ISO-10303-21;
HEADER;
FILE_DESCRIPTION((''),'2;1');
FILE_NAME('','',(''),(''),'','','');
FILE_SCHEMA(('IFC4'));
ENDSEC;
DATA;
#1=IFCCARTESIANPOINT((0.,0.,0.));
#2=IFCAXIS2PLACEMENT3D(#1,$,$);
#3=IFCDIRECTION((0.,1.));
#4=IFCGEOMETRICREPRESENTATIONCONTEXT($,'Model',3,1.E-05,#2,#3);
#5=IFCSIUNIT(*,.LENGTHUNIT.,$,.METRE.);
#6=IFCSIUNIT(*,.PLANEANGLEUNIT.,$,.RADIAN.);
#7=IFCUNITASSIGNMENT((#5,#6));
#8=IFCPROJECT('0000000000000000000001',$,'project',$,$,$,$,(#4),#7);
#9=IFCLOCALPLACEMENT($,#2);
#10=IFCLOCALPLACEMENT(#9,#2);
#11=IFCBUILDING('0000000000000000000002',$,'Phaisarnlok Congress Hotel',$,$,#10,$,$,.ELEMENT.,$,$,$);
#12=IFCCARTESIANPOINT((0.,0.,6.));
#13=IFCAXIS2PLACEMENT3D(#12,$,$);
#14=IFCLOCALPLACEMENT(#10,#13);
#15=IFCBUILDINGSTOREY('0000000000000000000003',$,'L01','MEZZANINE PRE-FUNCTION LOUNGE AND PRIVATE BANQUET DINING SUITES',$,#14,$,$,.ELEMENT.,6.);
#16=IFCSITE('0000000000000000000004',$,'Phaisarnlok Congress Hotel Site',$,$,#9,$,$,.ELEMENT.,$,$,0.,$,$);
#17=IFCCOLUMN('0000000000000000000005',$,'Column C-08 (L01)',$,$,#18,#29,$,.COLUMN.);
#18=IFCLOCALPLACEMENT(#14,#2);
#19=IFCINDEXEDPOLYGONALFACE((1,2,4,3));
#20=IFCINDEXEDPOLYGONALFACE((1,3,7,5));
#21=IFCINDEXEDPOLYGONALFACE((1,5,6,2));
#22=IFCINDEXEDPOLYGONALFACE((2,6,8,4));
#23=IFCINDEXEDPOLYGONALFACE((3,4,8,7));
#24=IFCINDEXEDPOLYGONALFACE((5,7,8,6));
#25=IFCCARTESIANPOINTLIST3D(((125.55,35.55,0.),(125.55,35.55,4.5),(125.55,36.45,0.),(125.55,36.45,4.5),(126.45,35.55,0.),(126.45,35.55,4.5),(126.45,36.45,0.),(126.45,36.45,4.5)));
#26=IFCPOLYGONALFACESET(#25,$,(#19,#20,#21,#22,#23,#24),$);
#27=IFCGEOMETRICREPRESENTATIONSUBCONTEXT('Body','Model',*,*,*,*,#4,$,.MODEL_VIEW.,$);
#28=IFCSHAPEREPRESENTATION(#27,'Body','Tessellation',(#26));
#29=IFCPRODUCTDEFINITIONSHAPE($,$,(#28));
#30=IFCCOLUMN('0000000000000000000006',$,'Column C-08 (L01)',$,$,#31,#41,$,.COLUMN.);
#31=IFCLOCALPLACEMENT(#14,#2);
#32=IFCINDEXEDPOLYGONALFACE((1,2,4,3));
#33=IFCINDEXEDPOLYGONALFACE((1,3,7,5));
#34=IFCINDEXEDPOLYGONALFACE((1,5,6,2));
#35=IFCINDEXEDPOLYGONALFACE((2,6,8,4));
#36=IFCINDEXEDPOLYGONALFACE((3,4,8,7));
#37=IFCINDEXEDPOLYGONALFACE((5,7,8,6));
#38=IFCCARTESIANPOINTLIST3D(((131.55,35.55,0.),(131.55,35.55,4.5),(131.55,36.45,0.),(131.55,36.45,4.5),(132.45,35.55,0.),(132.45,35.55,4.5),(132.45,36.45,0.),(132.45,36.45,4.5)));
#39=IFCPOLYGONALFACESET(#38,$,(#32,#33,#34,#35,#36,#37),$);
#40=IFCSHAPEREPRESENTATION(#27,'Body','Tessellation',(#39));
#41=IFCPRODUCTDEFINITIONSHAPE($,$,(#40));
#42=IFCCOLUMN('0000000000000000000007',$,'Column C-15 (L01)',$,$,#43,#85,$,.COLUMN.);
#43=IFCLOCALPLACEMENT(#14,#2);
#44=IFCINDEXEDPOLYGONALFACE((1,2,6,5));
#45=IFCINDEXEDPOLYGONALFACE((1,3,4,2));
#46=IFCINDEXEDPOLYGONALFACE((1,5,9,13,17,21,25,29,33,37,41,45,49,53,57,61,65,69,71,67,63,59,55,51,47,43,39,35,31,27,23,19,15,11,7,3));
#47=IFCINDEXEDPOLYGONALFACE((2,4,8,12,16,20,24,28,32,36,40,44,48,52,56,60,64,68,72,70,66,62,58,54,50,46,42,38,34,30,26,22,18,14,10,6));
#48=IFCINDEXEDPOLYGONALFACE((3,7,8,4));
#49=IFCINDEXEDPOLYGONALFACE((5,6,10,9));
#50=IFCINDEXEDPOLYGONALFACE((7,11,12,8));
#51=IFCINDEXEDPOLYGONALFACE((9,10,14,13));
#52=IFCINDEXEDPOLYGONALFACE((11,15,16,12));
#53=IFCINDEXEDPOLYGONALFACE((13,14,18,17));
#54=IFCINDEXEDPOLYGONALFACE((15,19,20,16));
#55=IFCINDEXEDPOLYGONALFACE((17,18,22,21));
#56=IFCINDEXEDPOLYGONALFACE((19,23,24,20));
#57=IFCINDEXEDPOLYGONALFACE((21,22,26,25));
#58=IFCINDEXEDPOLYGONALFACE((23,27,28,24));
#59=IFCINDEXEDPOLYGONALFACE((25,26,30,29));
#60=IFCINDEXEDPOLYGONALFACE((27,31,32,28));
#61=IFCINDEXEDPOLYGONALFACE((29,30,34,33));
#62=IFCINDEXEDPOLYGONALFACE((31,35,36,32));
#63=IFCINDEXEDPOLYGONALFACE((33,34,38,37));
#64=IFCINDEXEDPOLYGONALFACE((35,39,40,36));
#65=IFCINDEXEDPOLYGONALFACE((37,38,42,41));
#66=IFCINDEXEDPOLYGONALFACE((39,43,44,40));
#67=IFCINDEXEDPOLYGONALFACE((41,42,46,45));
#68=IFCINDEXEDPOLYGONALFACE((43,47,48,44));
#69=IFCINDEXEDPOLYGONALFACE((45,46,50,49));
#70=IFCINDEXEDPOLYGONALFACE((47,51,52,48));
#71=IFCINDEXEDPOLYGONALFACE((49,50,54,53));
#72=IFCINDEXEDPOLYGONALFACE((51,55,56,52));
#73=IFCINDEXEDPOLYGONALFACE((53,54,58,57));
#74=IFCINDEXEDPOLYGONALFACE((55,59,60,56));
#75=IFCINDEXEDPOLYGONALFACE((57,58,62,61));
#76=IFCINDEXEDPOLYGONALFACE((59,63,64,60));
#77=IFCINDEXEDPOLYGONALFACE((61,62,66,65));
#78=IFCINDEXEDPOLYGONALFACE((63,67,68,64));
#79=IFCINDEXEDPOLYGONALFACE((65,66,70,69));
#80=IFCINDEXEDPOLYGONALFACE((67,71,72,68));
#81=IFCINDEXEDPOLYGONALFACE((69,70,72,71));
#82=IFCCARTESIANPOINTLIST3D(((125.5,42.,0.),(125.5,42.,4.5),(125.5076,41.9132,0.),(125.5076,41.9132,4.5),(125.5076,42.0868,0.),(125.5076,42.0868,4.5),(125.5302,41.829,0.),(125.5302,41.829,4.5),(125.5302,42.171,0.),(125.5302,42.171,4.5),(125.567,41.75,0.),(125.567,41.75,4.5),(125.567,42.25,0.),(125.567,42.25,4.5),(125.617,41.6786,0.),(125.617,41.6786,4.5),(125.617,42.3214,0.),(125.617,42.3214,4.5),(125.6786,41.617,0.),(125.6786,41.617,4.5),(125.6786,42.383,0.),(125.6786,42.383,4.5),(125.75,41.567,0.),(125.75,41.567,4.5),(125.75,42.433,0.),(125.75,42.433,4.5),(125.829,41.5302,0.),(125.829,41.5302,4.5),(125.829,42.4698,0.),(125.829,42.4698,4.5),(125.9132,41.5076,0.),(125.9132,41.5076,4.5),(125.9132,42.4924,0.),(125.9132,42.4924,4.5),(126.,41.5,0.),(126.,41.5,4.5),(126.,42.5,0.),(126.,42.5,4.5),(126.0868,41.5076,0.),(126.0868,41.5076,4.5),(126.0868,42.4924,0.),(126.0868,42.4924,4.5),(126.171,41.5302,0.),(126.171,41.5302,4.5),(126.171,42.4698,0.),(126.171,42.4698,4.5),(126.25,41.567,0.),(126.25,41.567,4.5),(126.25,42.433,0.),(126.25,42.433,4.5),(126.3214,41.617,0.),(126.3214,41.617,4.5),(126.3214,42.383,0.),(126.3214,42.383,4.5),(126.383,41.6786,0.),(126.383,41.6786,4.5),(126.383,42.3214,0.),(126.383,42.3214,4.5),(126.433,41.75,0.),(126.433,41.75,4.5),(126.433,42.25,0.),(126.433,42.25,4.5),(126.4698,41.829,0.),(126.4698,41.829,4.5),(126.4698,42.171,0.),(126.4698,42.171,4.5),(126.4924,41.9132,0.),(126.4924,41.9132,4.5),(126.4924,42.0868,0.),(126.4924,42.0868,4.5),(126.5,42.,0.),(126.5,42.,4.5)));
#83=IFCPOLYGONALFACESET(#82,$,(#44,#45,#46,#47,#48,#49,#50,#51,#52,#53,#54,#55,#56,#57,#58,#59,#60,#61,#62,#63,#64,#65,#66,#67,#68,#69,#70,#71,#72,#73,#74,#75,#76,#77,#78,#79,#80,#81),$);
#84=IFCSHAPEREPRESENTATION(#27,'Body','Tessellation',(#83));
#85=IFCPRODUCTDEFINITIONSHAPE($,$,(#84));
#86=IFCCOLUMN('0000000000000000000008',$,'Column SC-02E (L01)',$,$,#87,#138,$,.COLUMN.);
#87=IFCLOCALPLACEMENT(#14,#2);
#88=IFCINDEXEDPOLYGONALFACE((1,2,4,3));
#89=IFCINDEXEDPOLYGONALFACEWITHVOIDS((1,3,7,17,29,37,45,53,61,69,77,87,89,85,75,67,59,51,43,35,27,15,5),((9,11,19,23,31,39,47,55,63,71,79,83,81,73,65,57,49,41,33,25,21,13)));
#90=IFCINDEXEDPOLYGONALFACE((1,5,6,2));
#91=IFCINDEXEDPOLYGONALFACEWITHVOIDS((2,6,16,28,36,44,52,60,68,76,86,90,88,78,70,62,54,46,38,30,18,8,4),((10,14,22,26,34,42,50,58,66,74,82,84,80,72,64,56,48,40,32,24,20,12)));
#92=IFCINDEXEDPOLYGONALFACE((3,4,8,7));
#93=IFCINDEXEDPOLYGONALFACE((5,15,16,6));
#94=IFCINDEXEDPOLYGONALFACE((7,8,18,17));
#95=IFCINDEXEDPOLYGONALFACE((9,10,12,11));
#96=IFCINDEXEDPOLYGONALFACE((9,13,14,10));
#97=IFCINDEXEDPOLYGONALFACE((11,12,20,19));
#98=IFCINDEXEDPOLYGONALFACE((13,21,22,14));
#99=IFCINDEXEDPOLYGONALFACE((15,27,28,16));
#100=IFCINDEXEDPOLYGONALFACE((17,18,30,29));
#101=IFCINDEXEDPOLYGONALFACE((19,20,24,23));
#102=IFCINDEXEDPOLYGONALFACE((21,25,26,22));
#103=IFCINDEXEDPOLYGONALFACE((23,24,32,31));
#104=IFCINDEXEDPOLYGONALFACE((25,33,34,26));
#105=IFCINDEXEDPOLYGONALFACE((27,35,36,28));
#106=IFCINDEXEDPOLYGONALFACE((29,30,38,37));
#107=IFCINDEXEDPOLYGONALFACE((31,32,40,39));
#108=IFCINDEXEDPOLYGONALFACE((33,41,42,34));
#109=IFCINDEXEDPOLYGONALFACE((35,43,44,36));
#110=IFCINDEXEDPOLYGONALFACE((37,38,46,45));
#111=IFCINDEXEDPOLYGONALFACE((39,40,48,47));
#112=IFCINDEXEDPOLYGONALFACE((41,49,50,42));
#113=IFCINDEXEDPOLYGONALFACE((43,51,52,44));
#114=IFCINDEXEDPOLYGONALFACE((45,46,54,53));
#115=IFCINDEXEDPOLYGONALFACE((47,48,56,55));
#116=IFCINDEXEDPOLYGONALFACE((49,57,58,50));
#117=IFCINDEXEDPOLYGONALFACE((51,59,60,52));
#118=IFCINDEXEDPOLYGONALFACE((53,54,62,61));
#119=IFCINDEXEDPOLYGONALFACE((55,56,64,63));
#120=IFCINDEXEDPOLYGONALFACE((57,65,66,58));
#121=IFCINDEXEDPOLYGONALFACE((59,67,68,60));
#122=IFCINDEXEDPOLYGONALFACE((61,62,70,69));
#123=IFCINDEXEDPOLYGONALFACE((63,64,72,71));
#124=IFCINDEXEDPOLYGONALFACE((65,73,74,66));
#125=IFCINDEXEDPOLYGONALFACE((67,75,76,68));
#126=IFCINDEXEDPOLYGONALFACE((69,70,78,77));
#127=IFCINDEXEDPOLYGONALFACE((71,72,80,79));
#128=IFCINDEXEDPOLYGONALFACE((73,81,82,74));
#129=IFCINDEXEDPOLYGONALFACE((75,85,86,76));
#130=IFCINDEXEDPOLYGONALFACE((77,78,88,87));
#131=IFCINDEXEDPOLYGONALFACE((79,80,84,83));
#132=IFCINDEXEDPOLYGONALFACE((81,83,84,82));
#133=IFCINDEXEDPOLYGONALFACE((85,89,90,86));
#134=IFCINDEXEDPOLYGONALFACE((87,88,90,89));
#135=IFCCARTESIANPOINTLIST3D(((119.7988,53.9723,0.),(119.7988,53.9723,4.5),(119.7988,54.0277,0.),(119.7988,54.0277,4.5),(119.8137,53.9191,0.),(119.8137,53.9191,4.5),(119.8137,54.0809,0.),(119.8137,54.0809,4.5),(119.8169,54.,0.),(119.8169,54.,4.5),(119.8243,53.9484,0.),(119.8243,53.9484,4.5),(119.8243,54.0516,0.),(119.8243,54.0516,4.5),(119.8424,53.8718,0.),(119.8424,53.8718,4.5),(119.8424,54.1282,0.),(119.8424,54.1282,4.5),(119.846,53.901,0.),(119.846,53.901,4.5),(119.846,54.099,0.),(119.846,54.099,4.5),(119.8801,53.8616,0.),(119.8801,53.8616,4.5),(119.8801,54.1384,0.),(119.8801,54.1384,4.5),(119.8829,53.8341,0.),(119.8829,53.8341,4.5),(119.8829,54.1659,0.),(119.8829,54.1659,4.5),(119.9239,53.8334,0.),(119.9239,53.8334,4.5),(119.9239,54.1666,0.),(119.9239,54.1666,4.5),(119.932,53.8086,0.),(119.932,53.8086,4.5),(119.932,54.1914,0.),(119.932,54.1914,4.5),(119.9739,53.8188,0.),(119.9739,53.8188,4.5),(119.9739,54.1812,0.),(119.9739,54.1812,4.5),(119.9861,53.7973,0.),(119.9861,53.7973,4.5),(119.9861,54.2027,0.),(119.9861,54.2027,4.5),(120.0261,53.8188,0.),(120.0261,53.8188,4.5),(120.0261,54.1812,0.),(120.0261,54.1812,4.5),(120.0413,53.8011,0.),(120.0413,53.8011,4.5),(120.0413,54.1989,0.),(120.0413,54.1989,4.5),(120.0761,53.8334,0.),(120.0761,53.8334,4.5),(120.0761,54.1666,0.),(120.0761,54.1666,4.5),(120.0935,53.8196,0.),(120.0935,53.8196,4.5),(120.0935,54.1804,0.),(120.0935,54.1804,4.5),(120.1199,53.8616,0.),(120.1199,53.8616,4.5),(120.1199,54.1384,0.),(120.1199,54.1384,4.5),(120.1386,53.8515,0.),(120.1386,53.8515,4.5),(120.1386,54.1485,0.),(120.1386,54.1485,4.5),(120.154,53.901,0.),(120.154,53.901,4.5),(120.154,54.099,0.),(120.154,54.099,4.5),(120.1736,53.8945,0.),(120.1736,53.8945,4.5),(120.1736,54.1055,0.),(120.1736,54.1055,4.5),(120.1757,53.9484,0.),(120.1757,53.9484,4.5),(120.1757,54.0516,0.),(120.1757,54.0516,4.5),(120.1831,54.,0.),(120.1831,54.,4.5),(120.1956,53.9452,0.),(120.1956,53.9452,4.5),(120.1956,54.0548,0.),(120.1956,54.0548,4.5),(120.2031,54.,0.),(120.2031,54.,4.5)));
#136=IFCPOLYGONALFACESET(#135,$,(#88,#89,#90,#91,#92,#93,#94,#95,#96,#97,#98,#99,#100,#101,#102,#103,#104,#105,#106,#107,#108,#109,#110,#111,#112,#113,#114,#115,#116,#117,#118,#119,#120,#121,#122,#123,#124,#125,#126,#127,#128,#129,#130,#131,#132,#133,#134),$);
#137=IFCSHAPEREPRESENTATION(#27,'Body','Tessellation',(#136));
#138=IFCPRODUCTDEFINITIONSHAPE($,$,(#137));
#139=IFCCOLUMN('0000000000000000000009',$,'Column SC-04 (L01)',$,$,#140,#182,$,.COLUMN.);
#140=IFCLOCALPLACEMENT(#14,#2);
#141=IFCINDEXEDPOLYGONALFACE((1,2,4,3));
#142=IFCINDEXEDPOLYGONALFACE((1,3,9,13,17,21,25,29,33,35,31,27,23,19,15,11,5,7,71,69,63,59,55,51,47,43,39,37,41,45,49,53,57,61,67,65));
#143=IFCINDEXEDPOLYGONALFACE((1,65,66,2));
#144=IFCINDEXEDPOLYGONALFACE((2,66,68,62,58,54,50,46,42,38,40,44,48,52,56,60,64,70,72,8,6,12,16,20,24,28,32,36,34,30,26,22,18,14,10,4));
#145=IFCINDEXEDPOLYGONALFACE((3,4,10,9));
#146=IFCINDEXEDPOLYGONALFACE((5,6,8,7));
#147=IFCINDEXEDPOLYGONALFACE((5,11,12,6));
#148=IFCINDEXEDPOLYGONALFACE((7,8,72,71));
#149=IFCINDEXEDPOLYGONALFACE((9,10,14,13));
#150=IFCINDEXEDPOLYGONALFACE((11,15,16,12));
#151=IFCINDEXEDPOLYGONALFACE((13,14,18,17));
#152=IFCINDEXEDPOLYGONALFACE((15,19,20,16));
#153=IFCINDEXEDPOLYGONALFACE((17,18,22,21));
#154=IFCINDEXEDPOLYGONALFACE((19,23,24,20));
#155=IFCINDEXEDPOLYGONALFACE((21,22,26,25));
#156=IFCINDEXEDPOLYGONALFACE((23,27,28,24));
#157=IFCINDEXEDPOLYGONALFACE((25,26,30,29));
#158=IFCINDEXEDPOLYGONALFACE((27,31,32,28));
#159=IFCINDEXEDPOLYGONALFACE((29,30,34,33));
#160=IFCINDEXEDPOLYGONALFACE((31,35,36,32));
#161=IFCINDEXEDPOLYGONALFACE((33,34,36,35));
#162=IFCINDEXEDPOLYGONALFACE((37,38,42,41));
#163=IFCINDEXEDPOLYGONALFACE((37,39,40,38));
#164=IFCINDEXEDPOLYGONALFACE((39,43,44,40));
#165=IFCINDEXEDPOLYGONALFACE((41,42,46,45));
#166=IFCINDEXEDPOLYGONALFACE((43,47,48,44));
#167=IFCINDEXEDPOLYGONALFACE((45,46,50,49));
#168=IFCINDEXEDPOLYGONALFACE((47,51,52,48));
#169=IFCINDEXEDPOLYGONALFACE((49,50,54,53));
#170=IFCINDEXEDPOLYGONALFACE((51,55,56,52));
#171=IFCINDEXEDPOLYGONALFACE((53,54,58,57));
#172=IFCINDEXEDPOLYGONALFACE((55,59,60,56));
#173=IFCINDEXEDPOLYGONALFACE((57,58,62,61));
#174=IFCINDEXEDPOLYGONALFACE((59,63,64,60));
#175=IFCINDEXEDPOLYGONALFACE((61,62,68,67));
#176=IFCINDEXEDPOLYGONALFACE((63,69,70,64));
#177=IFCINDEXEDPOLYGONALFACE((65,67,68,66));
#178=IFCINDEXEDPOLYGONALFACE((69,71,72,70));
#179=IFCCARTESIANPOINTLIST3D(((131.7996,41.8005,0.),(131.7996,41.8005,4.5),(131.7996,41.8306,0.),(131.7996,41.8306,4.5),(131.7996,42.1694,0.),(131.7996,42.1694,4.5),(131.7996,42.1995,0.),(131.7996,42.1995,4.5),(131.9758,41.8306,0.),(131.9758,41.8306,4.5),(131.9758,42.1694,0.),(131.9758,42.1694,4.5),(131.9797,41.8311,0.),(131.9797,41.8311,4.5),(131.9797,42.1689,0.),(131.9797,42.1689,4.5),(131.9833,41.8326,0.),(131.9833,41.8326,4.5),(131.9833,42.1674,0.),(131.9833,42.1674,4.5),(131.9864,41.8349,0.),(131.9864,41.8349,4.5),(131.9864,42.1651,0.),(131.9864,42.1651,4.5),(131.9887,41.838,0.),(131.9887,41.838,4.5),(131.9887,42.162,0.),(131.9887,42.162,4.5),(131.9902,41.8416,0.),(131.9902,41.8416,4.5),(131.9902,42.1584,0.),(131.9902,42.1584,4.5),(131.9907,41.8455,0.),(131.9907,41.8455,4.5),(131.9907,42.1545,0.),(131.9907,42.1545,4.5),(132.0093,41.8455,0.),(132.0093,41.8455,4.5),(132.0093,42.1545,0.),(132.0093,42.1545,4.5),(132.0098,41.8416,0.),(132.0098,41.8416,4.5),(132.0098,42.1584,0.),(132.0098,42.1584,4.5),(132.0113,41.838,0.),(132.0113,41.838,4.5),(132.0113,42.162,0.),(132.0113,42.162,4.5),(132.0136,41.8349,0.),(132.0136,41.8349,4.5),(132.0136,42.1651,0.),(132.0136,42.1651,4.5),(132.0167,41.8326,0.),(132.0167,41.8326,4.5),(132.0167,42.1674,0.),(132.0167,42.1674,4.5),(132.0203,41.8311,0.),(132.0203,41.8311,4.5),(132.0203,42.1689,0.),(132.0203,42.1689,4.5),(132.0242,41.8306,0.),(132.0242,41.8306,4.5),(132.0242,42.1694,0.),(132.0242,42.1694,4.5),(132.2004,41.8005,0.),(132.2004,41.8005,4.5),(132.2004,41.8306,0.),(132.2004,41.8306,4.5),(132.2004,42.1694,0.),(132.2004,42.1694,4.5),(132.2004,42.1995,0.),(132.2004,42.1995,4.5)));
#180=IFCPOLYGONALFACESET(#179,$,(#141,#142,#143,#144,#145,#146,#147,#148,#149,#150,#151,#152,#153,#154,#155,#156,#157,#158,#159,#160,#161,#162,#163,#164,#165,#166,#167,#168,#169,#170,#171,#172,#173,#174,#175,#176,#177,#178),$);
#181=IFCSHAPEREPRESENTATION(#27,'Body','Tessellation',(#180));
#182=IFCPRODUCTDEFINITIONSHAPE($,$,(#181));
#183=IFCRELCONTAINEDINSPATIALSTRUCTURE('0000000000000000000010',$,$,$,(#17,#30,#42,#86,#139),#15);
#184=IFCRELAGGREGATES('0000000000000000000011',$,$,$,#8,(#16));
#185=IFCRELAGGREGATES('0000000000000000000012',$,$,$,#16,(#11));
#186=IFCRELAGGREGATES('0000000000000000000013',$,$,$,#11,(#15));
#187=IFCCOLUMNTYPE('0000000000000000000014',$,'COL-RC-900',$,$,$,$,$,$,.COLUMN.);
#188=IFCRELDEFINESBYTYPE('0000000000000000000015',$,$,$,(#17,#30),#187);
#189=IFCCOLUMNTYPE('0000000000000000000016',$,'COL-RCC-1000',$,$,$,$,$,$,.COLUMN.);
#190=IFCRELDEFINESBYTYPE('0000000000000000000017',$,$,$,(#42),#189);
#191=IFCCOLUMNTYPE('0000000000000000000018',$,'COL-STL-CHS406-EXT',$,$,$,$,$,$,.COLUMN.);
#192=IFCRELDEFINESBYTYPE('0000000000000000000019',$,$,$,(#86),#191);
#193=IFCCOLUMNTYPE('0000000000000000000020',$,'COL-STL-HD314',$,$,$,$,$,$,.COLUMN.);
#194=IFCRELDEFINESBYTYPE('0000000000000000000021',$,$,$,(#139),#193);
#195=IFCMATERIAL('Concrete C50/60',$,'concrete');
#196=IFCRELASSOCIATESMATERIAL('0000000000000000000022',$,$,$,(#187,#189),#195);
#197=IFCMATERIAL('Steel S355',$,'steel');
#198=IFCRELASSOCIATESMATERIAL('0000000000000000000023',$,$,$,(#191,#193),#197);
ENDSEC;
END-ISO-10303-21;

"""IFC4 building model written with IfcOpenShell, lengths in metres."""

from ifc_helpers import new_model, si_unit, direction, frame, origin, origin_2d, place, context, subcontext, project, spatial, rectangle, circle, hollow_circle, i_section, extrude, material, material_profile, profile_set, type_object, element, save


model = new_model("IFC4")

# Units and contexts
model_context = context("Model", 3, precision=1e-05, world=origin(), true_north=direction((0.0, 1.0)))
body_context = subcontext(model_context, "Body", "Model", "MODEL_VIEW")
ifc_project = project(units=[si_unit("LENGTHUNIT", "METRE"), si_unit("PLANEANGLEUNIT", "RADIAN")], contexts=[model_context])

# Site, building, storey
site_placement = place(None, origin())
site = spatial("IfcSite", under=ifc_project, at=site_placement, Name="Phaisarnlok Congress Hotel Site", CompositionType="ELEMENT", RefElevation=0.0)
building_placement = place(site_placement, origin())
building = spatial("IfcBuilding", under=site, at=building_placement, Name="Phaisarnlok Congress Hotel", CompositionType="ELEMENT")
storey_placement = place(building_placement, frame((0.0, 0.0, 6.0)))
storey = spatial("IfcBuildingStorey", under=building, at=storey_placement, Name="L01", Description="MEZZANINE PRE-FUNCTION LOUNGE AND PRIVATE BANQUET DINING SUITES", CompositionType="ELEMENT", Elevation=6.0)

# Columns
ifc_material_1 = material(Name="Concrete C50/60", Category="concrete")
ifc_material_profile_1 = material_profile(ifc_material_1, rectangle(XDim=0.8999, YDim=0.8999, at=origin_2d()), Name="RC 900x900")
ifc_profile_set_1 = profile_set([ifc_material_profile_1], Name="Concrete C50/60")
column_type_1 = type_object("IfcColumnType", Name="COL-RC-900", PredefinedType="COLUMN", material=ifc_profile_set_1)
for number, where, z_axis, x_axis, name in (
    (1, (126.0, 36.0, 0.0), (0.0, 0.0, 1.0), (1.0, 0.0, 0.0), "Column C-08 (L01)"),
    (2, (132.0, 36.0, 0.0), (0.0, 0.0, 1.0), (1.0, 0.0, 0.0), "Column C-08 (L01)"),
):
    element("IfcColumn", number, at=place(storey_placement, frame(where, z_axis=z_axis, x_axis=x_axis)), inside=storey, type_object=column_type_1, Name=name, PredefinedType="COLUMN", context=body_context, shape_type="SweptSolid", body=[
        extrude(rectangle(XDim=0.8999, YDim=0.8999, at=origin_2d()), origin(), (0.0, 0.0, 1.0), 4.5),
    ])
ifc_material_profile_2 = material_profile(ifc_material_1, circle(Radius=0.5, at=origin_2d()), Name="RCC D1000")
ifc_profile_set_2 = profile_set([ifc_material_profile_2], Name="Concrete C50/60")
column_type_2 = type_object("IfcColumnType", Name="COL-RCC-1000", PredefinedType="COLUMN", material=ifc_profile_set_2)
column_1_placement = place(storey_placement, frame((126.0, 42.0, 0.0), z_axis=(0.0, 0.0, 1.0), x_axis=(1.0, 0.0, 0.0)))
element("IfcColumn", 3, at=column_1_placement, inside=storey, type_object=column_type_2, Name="Column C-15 (L01)", PredefinedType="COLUMN", context=body_context, shape_type="SweptSolid", body=[
    extrude(circle(Radius=0.5, at=origin_2d()), origin(), (0.0, 0.0, 1.0), 4.5),
])
ifc_material_2 = material(Name="Steel S355", Category="steel")
ifc_material_profile_3 = material_profile(ifc_material_2, hollow_circle(Radius=0.2031, WallThickness=0.02, at=origin_2d()), Name="CHS 406.4x20")
ifc_profile_set_3 = profile_set([ifc_material_profile_3], Name="Steel S355")
column_type_3 = type_object("IfcColumnType", Name="COL-STL-CHS406-EXT", PredefinedType="COLUMN", material=ifc_profile_set_3)
column_2_placement = place(storey_placement, frame((120.0, 54.0, 0.0), z_axis=(0.0, 0.0, 1.0), x_axis=(1.0, 0.0, 0.0)))
element("IfcColumn", 4, at=column_2_placement, inside=storey, type_object=column_type_3, Name="Column SC-02E (L01)", PredefinedType="COLUMN", context=body_context, shape_type="SweptSolid", body=[
    extrude(hollow_circle(Radius=0.2031, WallThickness=0.02, at=origin_2d()), origin(), (0.0, 0.0, 1.0), 4.5),
])
ifc_material_profile_4 = material_profile(ifc_material_2, i_section(OverallWidth=0.4009, OverallDepth=0.3989, WebThickness=0.0186, FlangeThickness=0.03, FilletRadius=0.0149, at=origin_2d()), Name="HD 400x314")
ifc_profile_set_4 = profile_set([ifc_material_profile_4], Name="Steel S355")
column_type_4 = type_object("IfcColumnType", Name="COL-STL-HD314", PredefinedType="COLUMN", material=ifc_profile_set_4)
column_3_placement = place(storey_placement, frame((132.0, 42.0, 0.0), z_axis=(0.0, 0.0, 1.0), x_axis=(1.0, 0.0, 0.0)))
element("IfcColumn", 5, at=column_3_placement, inside=storey, type_object=column_type_4, Name="Column SC-04 (L01)", PredefinedType="COLUMN", context=body_context, shape_type="SweptSolid", body=[
    extrude(i_section(OverallWidth=0.4009, OverallDepth=0.3989, WebThickness=0.0186, FlangeThickness=0.03, FilletRadius=0.0149, at=origin_2d()), origin(), (0.0, 0.0, 1.0), 4.5),
])

save(model, "model.ifc")
